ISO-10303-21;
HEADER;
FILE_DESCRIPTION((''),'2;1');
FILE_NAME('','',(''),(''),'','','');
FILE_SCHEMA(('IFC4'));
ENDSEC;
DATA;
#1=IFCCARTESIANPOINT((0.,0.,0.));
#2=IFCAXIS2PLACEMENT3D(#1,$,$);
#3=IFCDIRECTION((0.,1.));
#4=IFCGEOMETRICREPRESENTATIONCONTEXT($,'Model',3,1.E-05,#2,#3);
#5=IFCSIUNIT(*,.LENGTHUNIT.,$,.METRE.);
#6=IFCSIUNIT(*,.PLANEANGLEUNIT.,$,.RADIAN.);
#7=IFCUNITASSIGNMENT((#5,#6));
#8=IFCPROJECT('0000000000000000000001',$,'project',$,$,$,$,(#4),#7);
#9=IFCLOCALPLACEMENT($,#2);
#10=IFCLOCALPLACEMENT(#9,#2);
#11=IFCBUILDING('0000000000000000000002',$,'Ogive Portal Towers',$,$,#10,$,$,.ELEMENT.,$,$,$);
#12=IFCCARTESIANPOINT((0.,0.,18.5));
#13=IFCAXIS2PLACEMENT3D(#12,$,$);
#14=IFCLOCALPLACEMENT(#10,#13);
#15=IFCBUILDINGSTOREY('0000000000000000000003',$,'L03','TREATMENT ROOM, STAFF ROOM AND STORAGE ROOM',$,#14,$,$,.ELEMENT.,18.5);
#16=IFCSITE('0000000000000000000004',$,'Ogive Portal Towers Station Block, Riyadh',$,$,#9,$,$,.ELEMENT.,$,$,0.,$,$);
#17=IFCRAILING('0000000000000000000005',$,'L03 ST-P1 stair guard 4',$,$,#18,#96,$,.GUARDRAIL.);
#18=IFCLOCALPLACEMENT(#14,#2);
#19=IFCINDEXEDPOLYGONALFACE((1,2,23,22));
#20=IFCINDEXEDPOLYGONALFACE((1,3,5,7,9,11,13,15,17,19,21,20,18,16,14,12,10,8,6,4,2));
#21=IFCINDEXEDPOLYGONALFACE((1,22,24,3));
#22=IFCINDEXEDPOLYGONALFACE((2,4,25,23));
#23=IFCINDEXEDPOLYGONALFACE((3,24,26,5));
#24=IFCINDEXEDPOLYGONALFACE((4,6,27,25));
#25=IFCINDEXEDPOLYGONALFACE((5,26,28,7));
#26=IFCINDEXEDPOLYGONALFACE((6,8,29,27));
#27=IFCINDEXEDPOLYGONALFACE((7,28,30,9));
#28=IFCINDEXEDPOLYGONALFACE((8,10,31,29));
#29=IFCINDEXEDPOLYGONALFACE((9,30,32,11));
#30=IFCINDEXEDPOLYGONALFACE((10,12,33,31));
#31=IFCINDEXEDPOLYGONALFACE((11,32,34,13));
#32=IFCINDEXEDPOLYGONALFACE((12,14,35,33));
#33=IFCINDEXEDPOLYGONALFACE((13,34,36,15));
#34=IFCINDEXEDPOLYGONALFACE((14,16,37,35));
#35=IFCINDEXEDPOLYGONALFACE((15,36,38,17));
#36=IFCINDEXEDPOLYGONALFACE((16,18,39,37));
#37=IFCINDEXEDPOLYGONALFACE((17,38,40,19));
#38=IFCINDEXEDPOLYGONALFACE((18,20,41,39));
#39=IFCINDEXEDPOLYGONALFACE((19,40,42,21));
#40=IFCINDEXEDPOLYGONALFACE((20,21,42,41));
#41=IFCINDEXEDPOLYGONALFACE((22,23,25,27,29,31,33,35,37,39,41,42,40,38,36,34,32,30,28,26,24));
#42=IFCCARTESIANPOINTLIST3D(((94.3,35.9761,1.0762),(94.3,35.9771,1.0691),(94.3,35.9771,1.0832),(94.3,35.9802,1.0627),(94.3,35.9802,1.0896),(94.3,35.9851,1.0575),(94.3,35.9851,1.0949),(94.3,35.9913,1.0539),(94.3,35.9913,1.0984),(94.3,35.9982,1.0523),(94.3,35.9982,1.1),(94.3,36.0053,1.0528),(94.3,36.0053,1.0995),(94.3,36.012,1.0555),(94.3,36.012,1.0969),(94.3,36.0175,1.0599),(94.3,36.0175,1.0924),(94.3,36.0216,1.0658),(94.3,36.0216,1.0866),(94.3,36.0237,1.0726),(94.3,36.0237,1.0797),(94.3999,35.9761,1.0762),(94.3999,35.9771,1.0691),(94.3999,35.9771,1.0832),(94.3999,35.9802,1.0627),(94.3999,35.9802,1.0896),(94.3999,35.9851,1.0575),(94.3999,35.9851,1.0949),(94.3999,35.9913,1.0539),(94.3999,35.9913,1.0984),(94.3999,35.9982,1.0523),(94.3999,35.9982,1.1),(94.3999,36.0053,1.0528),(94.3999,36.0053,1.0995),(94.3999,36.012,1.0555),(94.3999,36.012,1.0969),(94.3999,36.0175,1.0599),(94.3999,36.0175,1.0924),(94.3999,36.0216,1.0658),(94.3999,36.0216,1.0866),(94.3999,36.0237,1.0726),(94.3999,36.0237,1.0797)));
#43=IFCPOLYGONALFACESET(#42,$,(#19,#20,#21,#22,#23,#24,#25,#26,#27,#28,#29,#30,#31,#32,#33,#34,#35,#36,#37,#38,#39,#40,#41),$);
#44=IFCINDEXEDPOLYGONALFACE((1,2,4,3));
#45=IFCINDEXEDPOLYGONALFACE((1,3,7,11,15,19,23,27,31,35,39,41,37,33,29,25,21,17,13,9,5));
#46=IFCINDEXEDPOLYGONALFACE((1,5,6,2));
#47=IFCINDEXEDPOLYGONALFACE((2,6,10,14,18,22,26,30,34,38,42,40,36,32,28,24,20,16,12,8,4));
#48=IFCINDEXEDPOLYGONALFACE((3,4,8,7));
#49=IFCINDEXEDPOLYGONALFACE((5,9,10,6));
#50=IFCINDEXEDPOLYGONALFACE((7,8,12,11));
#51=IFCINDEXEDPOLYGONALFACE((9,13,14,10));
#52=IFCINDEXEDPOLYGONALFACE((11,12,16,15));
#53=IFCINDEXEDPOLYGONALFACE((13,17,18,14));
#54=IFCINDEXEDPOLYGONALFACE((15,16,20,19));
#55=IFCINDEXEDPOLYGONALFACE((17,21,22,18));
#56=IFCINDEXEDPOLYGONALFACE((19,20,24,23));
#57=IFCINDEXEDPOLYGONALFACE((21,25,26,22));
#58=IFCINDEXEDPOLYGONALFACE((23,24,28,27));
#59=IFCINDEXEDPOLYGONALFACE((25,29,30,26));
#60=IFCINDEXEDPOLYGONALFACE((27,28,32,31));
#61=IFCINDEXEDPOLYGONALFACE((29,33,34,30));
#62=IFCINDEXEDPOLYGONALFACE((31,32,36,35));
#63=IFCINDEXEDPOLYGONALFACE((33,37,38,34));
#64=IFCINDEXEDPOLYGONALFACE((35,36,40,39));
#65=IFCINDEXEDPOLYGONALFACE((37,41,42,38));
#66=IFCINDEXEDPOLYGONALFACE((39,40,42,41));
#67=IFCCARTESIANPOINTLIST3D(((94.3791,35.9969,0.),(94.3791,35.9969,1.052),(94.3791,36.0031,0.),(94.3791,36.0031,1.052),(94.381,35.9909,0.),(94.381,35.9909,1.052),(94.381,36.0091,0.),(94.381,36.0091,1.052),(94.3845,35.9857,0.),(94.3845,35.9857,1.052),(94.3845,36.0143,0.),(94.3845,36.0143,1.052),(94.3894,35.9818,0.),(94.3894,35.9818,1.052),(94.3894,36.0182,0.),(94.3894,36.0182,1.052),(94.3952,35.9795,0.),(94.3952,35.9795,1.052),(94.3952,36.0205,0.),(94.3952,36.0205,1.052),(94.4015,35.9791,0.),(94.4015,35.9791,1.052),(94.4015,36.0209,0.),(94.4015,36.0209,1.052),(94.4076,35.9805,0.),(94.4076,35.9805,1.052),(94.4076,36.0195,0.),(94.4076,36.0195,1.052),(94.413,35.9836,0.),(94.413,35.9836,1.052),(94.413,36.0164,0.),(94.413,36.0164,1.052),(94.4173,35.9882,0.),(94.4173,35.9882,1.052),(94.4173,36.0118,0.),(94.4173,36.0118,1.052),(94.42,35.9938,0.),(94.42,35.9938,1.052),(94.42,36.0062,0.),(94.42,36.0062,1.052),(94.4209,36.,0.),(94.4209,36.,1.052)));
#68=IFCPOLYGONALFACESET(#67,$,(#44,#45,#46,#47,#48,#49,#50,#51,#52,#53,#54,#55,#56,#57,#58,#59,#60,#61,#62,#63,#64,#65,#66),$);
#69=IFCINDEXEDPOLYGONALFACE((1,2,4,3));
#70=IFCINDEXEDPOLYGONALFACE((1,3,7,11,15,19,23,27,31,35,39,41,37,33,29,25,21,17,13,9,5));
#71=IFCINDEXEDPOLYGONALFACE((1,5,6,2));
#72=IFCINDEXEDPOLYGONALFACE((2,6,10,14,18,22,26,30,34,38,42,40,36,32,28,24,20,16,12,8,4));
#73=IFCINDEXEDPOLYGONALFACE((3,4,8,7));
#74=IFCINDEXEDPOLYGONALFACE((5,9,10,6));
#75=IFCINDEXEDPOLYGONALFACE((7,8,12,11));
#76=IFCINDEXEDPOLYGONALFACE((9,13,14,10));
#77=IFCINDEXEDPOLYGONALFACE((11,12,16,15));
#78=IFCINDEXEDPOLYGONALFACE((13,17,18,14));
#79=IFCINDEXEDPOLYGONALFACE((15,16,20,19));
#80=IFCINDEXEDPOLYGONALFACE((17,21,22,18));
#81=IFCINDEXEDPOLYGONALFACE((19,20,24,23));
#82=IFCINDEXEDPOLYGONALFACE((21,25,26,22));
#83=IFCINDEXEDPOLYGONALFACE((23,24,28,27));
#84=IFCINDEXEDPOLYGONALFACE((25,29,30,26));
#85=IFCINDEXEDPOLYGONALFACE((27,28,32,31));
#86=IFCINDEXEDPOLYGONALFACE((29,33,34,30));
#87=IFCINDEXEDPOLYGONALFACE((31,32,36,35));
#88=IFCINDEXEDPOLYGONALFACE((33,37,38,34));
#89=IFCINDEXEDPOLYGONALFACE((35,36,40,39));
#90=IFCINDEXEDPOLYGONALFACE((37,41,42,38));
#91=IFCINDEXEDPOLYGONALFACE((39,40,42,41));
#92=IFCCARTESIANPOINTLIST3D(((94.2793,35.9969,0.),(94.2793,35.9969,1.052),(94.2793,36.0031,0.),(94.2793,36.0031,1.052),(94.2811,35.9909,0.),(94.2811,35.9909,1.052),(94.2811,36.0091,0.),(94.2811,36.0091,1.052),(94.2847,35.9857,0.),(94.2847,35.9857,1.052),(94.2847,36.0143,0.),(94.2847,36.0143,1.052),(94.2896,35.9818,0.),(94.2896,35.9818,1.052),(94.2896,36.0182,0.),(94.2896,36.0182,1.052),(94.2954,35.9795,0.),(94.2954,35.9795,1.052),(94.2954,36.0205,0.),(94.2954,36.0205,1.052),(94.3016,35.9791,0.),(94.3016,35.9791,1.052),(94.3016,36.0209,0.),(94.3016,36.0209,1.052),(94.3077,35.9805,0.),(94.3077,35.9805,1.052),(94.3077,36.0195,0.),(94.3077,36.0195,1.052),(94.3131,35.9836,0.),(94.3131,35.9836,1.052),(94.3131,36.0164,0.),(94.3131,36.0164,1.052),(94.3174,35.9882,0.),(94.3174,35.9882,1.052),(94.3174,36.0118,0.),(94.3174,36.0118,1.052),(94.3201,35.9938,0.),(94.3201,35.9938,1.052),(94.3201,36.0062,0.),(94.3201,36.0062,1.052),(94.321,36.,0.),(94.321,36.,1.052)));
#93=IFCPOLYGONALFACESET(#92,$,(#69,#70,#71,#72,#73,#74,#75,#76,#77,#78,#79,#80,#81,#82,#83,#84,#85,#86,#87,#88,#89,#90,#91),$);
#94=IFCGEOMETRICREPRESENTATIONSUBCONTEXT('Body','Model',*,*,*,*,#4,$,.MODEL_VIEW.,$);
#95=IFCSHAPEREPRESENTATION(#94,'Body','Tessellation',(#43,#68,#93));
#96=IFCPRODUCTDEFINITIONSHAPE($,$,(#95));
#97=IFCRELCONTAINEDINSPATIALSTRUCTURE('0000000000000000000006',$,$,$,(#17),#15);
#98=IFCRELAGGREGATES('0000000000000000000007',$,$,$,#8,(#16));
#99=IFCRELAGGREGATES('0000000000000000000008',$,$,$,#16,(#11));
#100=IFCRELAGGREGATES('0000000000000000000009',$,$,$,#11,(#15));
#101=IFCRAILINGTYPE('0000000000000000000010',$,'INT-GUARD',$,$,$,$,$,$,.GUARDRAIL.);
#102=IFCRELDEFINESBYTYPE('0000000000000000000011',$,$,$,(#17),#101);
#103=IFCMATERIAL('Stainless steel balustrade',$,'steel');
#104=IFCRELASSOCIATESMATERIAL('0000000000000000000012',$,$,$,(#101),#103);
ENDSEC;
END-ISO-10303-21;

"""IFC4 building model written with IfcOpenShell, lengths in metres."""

from ifc_helpers import new_model, si_unit, direction, frame, origin, origin_2d, place, context, subcontext, project, spatial, circle, extrude, material, type_object, element, save


model = new_model("IFC4")

# Units and contexts
model_context = context("Model", 3, precision=1e-05, world=origin(), true_north=direction((0.0, 1.0)))
body_context = subcontext(model_context, "Body", "Model", "MODEL_VIEW")
ifc_project = project(units=[si_unit("LENGTHUNIT", "METRE"), si_unit("PLANEANGLEUNIT", "RADIAN")], contexts=[model_context])

# Site, building, storey
site_placement = place(None, origin())
site = spatial("IfcSite", under=ifc_project, at=site_placement, Name="Ogive Portal Towers Station Block, Riyadh", CompositionType="ELEMENT", RefElevation=0.0)
building_placement = place(site_placement, origin())
building = spatial("IfcBuilding", under=site, at=building_placement, Name="Ogive Portal Towers", CompositionType="ELEMENT")
storey_placement = place(building_placement, frame((0.0, 0.0, 18.5)))
storey = spatial("IfcBuildingStorey", under=building, at=storey_placement, Name="L03", Description="TREATMENT ROOM, STAFF ROOM AND STORAGE ROOM", CompositionType="ELEMENT", Elevation=18.5)

# Railing
ifc_material_1 = material(Name="Stainless steel balustrade", Category="steel")
railing_type_1 = type_object("IfcRailingType", Name="INT-GUARD", PredefinedType="GUARDRAIL", material=ifc_material_1)
railing_1_placement = place(storey_placement, frame((94.3999, 36.0, 0.0)))
element("IfcRailing", 1, at=railing_1_placement, inside=storey, type_object=railing_type_1, Name="L03 ST-P1 stair guard 4", PredefinedType="GUARDRAIL", context=body_context, shape_type="SweptSolid", body=[
    extrude(circle(Radius=0.0239, at=origin_2d()), frame((0.0, 0.0, 1.0762), z_axis=(-1.0, 0.0, 0.0), x_axis=(0.0, -1.0, 0.0)), (0.0, 0.0, 1.0), 0.0999),
    extrude(circle(Radius=0.021, at=origin_2d()), origin(), (0.0, 0.0, 1.0), 1.052),
    extrude(circle(Radius=0.021, at=origin_2d()), frame((-0.0999, 0.0, 0.0)), (0.0, 0.0, 1.0), 1.052),
])

save(model, "model.ifc")
